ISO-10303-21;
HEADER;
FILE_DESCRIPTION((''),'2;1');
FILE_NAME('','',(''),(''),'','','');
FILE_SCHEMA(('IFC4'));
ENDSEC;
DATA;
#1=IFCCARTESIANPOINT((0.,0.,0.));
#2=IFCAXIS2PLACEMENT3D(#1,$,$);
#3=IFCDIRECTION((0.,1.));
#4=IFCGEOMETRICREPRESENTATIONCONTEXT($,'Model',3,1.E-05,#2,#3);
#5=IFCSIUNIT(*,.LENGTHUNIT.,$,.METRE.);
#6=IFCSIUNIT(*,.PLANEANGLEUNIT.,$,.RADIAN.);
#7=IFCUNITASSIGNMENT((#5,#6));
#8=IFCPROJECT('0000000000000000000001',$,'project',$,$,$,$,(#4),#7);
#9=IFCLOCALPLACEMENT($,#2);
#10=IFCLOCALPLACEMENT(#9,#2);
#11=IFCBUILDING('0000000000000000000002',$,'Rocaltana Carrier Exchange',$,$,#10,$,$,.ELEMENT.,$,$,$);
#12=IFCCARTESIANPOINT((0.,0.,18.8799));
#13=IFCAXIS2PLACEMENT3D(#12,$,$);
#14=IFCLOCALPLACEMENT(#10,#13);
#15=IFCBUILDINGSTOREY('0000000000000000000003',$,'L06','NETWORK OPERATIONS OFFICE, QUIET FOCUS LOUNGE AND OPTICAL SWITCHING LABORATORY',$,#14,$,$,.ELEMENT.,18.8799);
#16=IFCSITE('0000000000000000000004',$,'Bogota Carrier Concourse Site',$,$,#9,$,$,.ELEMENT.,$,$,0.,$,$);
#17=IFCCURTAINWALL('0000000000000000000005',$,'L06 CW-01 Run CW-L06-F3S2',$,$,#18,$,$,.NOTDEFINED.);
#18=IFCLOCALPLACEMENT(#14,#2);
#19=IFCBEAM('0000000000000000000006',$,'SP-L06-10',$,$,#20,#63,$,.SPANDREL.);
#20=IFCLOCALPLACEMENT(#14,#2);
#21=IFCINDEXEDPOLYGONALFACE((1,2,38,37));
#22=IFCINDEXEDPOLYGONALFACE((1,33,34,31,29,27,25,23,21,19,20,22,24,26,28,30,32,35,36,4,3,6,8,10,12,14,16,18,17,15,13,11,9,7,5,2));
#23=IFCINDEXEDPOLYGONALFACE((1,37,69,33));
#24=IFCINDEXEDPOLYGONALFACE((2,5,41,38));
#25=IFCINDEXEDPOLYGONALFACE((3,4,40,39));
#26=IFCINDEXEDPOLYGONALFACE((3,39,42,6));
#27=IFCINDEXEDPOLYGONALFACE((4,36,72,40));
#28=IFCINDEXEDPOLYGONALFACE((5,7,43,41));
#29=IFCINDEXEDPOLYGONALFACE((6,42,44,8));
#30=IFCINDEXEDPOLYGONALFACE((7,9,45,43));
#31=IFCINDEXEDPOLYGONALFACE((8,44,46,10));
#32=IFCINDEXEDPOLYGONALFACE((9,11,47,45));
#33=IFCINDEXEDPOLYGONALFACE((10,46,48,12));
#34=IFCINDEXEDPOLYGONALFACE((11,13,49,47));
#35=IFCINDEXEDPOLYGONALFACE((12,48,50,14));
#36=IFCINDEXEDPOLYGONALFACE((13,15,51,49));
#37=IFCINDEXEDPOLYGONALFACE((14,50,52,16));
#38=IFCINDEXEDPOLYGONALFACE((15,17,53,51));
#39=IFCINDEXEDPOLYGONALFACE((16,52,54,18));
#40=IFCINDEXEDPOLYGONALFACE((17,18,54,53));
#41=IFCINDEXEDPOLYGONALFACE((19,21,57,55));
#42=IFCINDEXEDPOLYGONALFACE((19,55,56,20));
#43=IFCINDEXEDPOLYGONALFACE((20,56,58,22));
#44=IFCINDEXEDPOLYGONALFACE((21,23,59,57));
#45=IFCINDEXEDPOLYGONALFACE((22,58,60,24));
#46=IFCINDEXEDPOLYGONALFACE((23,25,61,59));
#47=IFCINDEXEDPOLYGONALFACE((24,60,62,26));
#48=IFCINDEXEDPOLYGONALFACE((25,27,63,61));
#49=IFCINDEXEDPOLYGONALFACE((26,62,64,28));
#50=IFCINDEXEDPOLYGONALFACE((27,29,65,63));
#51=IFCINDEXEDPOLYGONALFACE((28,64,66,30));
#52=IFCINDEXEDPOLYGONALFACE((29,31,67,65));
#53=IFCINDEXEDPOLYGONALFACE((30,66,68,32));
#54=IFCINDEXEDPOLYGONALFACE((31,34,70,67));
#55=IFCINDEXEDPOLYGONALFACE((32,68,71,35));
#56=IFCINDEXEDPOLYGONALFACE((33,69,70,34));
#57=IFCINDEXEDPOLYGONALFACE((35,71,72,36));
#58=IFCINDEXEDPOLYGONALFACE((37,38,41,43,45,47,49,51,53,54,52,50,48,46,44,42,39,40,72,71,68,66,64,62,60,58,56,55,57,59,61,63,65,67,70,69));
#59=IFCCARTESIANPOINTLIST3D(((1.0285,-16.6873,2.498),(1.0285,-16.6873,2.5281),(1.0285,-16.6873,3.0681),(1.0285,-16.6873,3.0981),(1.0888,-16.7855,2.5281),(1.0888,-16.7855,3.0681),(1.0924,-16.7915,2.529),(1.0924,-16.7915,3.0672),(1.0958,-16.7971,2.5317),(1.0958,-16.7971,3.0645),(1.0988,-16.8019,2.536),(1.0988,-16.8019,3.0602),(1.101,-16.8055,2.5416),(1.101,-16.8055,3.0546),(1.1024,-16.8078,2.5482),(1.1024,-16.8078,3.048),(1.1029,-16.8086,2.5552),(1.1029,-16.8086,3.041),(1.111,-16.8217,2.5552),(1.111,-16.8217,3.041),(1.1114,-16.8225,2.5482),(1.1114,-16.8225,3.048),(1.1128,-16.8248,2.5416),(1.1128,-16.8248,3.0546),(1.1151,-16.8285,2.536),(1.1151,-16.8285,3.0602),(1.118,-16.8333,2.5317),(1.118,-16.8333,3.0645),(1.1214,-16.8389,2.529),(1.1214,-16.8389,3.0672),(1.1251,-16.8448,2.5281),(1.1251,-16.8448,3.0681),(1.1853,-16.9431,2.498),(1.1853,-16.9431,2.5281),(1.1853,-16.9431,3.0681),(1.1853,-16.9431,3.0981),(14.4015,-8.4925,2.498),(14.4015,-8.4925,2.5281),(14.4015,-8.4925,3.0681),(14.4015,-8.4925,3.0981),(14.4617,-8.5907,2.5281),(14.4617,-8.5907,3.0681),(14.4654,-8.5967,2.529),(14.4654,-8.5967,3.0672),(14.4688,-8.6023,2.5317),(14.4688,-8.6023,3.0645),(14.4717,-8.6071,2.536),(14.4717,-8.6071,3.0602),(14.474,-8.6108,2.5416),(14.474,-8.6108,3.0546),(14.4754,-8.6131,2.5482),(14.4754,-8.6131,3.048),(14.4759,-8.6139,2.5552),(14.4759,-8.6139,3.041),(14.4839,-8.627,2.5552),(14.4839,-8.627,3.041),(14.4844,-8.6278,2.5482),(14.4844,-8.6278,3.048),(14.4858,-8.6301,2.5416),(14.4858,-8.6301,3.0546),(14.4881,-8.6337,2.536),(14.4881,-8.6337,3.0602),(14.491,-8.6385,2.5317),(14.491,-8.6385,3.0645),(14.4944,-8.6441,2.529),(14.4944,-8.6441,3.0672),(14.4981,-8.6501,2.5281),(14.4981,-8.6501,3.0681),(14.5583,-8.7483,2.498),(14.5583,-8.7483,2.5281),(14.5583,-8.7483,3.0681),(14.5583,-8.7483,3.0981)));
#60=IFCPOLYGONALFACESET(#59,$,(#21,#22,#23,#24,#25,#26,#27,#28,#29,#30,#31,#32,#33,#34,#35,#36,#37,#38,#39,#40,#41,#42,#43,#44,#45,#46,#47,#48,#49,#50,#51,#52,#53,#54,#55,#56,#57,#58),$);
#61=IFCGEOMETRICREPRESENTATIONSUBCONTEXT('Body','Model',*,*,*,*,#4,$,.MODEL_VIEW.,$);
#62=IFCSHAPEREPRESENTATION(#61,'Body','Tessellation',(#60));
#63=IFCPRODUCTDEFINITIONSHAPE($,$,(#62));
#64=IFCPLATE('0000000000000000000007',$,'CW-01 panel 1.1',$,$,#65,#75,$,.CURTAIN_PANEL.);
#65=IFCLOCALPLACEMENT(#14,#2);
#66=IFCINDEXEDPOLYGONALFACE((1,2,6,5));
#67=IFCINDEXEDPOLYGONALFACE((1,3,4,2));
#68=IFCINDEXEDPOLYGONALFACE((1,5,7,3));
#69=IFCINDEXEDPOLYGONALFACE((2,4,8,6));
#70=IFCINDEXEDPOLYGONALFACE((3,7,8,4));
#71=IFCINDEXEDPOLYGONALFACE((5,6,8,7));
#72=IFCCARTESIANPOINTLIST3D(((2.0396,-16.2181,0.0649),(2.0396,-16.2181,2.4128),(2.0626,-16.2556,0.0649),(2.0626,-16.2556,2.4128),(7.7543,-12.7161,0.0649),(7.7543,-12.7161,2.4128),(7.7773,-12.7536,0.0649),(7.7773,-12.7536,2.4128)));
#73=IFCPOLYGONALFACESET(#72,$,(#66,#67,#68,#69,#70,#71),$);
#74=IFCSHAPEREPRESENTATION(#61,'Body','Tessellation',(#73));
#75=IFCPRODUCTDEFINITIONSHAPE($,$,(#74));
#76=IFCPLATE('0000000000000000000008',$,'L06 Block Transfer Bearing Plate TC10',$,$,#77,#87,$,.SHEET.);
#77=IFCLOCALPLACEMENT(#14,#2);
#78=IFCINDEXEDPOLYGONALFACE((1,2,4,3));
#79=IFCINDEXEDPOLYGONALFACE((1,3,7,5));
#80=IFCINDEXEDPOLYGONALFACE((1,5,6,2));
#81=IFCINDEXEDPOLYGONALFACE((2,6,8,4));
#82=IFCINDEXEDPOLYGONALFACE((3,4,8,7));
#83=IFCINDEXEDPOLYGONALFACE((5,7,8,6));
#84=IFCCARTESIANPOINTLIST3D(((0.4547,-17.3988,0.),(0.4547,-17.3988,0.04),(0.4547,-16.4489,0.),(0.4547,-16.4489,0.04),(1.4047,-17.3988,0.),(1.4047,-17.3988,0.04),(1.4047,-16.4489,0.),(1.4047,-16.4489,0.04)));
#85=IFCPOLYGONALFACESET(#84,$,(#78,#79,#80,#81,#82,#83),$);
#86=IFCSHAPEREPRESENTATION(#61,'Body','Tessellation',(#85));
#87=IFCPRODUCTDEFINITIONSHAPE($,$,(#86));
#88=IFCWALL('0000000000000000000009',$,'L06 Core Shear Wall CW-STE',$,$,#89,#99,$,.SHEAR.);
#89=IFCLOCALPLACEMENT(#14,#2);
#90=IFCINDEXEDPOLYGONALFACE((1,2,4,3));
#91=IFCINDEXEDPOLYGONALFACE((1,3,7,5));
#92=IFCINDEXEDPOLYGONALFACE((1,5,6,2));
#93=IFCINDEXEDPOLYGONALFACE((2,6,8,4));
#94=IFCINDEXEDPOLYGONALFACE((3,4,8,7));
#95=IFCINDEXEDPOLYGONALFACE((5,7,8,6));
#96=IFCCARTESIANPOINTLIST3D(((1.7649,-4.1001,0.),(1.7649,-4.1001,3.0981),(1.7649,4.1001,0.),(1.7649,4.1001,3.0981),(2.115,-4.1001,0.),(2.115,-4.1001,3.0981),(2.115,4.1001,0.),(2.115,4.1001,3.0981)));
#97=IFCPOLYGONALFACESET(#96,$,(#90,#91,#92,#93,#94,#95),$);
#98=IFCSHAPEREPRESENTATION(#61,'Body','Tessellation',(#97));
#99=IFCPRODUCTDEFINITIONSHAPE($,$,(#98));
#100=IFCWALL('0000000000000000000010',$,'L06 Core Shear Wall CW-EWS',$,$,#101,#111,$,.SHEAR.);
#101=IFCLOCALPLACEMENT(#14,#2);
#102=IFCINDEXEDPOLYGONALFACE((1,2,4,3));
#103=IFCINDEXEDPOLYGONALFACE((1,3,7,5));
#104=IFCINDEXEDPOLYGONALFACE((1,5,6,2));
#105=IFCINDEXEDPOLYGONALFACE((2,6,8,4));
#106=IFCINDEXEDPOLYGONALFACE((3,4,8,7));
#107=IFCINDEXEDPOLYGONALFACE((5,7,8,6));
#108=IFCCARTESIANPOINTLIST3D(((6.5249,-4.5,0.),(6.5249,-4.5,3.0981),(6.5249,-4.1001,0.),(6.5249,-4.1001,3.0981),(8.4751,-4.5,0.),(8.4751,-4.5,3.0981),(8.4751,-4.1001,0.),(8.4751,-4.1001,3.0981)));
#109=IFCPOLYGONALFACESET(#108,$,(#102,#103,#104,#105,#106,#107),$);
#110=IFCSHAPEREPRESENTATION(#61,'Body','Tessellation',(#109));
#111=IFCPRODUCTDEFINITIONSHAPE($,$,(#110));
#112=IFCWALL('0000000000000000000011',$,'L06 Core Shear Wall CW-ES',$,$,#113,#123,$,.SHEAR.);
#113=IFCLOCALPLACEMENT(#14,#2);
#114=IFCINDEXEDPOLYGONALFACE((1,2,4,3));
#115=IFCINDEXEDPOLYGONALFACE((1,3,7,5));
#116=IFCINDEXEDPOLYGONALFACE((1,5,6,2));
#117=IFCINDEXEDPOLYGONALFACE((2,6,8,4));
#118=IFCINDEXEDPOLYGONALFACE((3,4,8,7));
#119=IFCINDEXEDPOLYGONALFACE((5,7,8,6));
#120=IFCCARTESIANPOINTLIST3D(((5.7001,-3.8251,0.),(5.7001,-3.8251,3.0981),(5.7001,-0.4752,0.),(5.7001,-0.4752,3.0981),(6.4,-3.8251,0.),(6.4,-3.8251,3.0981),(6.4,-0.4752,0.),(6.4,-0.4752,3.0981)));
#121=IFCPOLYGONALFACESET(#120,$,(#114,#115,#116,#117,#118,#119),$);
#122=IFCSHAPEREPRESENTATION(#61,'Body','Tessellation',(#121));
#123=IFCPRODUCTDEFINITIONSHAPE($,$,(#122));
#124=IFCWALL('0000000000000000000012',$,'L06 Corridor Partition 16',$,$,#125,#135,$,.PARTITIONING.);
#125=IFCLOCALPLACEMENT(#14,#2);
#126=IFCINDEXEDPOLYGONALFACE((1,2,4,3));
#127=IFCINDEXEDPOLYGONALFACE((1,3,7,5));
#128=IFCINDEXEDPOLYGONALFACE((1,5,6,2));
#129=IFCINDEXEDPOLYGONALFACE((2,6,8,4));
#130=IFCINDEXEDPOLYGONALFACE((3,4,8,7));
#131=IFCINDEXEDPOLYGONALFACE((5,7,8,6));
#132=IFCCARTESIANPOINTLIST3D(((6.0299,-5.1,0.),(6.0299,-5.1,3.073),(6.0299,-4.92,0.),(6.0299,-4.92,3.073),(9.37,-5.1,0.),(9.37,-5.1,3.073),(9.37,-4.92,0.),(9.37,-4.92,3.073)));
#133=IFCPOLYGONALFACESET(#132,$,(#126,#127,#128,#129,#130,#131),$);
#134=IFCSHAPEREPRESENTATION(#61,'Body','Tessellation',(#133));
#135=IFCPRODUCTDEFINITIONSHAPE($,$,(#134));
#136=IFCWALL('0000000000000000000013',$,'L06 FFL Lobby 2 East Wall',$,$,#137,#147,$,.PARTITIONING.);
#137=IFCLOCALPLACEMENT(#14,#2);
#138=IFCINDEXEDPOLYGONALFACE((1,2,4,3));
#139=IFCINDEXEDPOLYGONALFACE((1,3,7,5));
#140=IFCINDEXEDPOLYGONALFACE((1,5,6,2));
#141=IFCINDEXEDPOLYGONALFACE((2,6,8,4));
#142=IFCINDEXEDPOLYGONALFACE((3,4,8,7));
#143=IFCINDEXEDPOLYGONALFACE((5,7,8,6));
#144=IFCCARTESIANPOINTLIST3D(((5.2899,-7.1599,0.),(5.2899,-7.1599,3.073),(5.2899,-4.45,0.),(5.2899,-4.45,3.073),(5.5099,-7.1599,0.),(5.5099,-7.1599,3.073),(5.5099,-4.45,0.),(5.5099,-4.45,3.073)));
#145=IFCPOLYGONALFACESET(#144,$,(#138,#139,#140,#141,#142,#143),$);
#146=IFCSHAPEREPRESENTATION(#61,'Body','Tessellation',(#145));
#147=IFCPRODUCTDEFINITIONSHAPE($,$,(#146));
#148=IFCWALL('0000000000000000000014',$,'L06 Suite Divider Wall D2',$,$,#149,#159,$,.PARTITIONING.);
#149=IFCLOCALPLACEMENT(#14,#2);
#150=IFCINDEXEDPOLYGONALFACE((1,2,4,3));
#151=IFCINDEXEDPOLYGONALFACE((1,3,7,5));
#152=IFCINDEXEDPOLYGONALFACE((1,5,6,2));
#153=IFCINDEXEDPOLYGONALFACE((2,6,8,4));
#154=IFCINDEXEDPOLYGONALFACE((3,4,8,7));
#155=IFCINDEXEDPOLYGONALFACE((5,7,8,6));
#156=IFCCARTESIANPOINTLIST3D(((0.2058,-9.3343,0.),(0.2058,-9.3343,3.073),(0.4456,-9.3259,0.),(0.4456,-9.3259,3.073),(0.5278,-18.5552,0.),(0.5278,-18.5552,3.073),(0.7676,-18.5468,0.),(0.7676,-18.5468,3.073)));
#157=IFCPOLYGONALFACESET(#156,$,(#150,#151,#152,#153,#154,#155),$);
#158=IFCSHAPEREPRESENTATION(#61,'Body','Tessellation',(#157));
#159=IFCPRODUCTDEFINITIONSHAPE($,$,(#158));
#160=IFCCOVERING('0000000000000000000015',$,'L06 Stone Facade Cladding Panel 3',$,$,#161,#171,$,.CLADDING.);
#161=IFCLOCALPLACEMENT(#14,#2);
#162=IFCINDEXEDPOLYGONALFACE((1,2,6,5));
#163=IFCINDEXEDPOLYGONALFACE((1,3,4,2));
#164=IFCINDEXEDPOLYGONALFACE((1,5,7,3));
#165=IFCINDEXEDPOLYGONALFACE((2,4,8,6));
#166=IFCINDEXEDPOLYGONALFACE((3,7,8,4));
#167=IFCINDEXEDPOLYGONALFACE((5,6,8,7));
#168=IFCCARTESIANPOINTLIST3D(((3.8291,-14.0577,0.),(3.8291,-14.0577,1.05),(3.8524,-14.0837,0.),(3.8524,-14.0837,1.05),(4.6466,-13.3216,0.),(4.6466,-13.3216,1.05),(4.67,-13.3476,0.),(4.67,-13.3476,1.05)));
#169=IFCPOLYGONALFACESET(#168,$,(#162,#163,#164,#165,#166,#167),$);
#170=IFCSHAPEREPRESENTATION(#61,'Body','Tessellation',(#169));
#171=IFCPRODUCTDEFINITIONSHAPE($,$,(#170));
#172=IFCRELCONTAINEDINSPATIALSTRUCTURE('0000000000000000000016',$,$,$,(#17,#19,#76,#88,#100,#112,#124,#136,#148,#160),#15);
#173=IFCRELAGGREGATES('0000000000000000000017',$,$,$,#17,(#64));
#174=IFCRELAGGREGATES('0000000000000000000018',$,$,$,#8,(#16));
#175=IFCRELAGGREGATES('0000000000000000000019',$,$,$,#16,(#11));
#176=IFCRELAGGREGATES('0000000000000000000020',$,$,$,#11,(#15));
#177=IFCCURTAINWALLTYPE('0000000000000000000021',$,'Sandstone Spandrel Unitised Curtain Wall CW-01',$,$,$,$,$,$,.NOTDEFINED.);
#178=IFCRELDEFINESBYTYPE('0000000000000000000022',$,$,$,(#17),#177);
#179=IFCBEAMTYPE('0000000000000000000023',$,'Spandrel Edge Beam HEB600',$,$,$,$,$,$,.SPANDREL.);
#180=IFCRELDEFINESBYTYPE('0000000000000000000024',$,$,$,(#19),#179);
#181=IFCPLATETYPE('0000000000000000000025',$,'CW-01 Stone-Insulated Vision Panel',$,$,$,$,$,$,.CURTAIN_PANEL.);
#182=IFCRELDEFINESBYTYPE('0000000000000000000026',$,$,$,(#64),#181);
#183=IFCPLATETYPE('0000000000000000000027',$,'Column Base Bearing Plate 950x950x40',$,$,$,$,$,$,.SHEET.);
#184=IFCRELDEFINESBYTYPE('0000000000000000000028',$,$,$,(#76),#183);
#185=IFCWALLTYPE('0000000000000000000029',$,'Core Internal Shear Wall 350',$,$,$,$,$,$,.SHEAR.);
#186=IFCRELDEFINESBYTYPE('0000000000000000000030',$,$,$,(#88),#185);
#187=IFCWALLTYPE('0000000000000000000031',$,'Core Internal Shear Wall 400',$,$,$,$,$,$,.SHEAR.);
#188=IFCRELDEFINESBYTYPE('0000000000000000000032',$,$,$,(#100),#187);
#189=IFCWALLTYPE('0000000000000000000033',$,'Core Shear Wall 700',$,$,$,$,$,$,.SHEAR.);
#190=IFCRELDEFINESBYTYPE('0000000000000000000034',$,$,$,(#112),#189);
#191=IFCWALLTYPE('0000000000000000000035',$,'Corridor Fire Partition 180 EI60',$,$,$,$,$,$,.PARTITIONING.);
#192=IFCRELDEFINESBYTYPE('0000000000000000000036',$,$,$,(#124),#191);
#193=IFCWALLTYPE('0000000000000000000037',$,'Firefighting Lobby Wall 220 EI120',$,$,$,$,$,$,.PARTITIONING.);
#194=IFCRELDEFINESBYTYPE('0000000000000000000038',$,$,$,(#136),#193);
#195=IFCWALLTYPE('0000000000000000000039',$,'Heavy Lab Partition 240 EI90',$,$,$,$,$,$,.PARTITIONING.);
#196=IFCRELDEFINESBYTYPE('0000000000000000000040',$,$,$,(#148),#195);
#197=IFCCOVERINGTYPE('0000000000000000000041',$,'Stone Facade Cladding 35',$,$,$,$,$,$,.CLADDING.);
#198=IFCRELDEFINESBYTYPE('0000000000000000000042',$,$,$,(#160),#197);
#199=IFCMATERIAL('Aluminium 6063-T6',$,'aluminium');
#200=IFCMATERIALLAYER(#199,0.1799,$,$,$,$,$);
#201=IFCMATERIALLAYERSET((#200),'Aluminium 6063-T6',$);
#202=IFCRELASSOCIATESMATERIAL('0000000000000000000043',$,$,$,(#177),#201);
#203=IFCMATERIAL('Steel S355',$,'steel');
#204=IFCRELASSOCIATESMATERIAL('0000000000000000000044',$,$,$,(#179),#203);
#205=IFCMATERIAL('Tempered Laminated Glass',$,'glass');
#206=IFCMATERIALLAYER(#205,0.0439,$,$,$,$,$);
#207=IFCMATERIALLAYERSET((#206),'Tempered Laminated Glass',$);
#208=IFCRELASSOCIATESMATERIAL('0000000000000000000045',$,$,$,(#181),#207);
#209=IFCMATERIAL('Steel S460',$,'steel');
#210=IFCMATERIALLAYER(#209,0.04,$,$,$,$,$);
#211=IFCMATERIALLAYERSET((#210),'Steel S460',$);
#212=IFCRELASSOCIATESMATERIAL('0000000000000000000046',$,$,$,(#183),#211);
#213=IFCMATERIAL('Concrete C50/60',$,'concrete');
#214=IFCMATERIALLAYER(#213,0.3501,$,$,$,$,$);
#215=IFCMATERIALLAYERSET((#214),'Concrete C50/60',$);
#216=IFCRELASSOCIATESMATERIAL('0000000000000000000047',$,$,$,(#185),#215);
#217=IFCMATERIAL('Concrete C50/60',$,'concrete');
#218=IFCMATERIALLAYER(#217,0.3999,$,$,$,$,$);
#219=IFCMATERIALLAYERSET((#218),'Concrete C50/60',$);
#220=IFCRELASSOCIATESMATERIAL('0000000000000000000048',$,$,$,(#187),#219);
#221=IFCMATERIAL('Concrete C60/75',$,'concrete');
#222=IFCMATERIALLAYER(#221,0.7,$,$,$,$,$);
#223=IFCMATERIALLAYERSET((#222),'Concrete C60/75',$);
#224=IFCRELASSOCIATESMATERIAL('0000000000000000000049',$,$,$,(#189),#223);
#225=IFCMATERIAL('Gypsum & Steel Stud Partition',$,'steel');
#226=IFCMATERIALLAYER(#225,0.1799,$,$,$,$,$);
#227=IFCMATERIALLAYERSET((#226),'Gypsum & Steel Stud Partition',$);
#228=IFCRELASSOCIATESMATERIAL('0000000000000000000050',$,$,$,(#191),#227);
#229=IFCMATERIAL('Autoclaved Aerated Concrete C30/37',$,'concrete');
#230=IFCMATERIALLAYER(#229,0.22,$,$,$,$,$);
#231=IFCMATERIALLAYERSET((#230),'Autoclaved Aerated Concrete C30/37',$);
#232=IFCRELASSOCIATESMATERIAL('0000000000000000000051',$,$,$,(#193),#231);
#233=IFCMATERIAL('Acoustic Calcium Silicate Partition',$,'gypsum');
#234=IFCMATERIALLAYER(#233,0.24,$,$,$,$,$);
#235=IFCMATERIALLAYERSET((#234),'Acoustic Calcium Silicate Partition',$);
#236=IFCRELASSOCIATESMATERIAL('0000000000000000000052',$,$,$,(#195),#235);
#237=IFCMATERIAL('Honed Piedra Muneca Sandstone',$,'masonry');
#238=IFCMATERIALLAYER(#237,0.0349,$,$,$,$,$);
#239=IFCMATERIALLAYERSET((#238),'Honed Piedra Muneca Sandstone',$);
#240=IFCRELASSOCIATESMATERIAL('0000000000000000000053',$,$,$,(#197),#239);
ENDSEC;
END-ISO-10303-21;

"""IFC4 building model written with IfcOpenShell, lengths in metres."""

from ifc_helpers import new_model, si_unit, direction, frame, frame_2d, origin, origin_2d, place, context, subcontext, project, spatial, rectangle, i_section, extrude, material, layer, layer_set, material_profile, profile_set, type_object, element, aggregate, save


model = new_model("IFC4")

# Units and contexts
model_context = context("Model", 3, precision=1e-05, world=origin(), true_north=direction((0.0, 1.0)))
body_context = subcontext(model_context, "Body", "Model", "MODEL_VIEW")
ifc_project = project(units=[si_unit("LENGTHUNIT", "METRE"), si_unit("PLANEANGLEUNIT", "RADIAN")], contexts=[model_context])

# Site, building, storey
site_placement = place(None, origin())
site = spatial("IfcSite", under=ifc_project, at=site_placement, Name="Bogota Carrier Concourse Site", CompositionType="ELEMENT", RefElevation=0.0)
building_placement = place(site_placement, origin())
building = spatial("IfcBuilding", under=site, at=building_placement, Name="Rocaltana Carrier Exchange", CompositionType="ELEMENT")
storey_placement = place(building_placement, frame((0.0, 0.0, 18.8799)))
storey = spatial("IfcBuildingStorey", under=building, at=storey_placement, Name="L06", Description="NETWORK OPERATIONS OFFICE, QUIET FOCUS LOUNGE AND OPTICAL SWITCHING LABORATORY", CompositionType="ELEMENT", Elevation=18.8799)

# Curtain wall
ifc_material_1 = material(Name="Aluminium 6063-T6", Category="aluminium")
ifc_layer_1 = layer(ifc_material_1, 0.1799)
ifc_layer_set_1 = layer_set([ifc_layer_1], Name="Aluminium 6063-T6")
curtain_wall_type = type_object("IfcCurtainWallType", Name="Sandstone Spandrel Unitised Curtain Wall CW-01", PredefinedType="NOTDEFINED", material=ifc_layer_set_1)
curtain_wall_placement = place(storey_placement, origin())
curtain_wall = element("IfcCurtainWall", 1, at=curtain_wall_placement, inside=storey, type_object=curtain_wall_type, Name="L06 CW-01 Run CW-L06-F3S2", PredefinedType="NOTDEFINED")

# Beam
ifc_material_2 = material(Name="Steel S355", Category="steel")
ifc_material_profile_1 = material_profile(ifc_material_2, i_section(OverallWidth=0.3, OverallDepth=0.6001, WebThickness=0.0154, FlangeThickness=0.03, FilletRadius=0.0271, at=origin_2d()), Name="HEB600")
ifc_profile_set_1 = profile_set([ifc_material_profile_1], Name="Steel S355")
beam_type_1 = type_object("IfcBeamType", Name="Spandrel Edge Beam HEB600", PredefinedType="SPANDREL", material=ifc_profile_set_1)
beam_1_placement = place(storey_placement, frame((1.1069, -16.8152, 2.7981), z_axis=(0.852646, 0.52249, 0.0), x_axis=(-0.52249, 0.852646, 0.0)))
element("IfcBeam", 2, at=beam_1_placement, inside=storey, type_object=beam_type_1, Name="SP-L06-10", PredefinedType="SPANDREL", context=body_context, shape_type="SweptSolid", body=[
    extrude(i_section(OverallWidth=0.3, OverallDepth=0.6001, WebThickness=0.0154, FlangeThickness=0.03, FilletRadius=0.0271, at=origin_2d()), origin(), (0.0, 0.0, 1.0), 15.6841),
])

# Plates
ifc_material_3 = material(Name="Tempered Laminated Glass", Category="glass")
ifc_layer_2 = layer(ifc_material_3, 0.0439)
ifc_layer_set_2 = layer_set([ifc_layer_2], Name="Tempered Laminated Glass")
plate_type_1 = type_object("IfcPlateType", Name="CW-01 Stone-Insulated Vision Panel", PredefinedType="CURTAIN_PANEL", material=ifc_layer_set_2)
plate_1_placement = place(storey_placement, frame((4.9084, -14.4858, 0.0649), z_axis=(0.0, 0.0, 1.0), x_axis=(0.852639, 0.5225, 0.0)))
plate_1 = element("IfcPlate", 3, at=plate_1_placement, type_object=plate_type_1, Name="CW-01 panel 1.1", PredefinedType="CURTAIN_PANEL", context=body_context, shape_type="SweptSolid", body=[
    extrude(rectangle(XDim=6.7024, YDim=0.0439, at=origin_2d()), origin(), (0.0, 0.0, 1.0), 2.3479),
])
aggregate(curtain_wall, [plate_1])
ifc_material_4 = material(Name="Steel S460", Category="steel")
ifc_layer_3 = layer(ifc_material_4, 0.04)
ifc_layer_set_3 = layer_set([ifc_layer_3], Name="Steel S460")
plate_type_2 = type_object("IfcPlateType", Name="Column Base Bearing Plate 950x950x40", PredefinedType="SHEET", material=ifc_layer_set_3)
plate_2_placement = place(storey_placement, frame((0.9297, -16.9238, 0.0), z_axis=(0.0, 0.0, 1.0), x_axis=(1.0, 0.0, 0.0)))
element("IfcPlate", 4, at=plate_2_placement, inside=storey, type_object=plate_type_2, Name="L06 Block Transfer Bearing Plate TC10", PredefinedType="SHEET", context=body_context, shape_type="SweptSolid", body=[
    extrude(rectangle(XDim=0.95, YDim=0.95, at=origin_2d()), origin(), (0.0, 0.0, 1.0), 0.04),
])

# Walls
ifc_material_5 = material(Name="Concrete C50/60", Category="concrete")
ifc_layer_4 = layer(ifc_material_5, 0.3501)
ifc_layer_set_4 = layer_set([ifc_layer_4], Name="Concrete C50/60")
wall_type_1 = type_object("IfcWallType", Name="Core Internal Shear Wall 350", PredefinedType="SHEAR", material=ifc_layer_set_4)
wall_1_placement = place(storey_placement, frame((1.9399, -4.1001, 0.0), z_axis=(0.0, 0.0, 1.0), x_axis=(0.0, 1.0, 0.0)))
element("IfcWall", 5, at=wall_1_placement, inside=storey, type_object=wall_type_1, Name="L06 Core Shear Wall CW-STE", PredefinedType="SHEAR", context=body_context, shape_type="SweptSolid", body=[
    extrude(rectangle(XDim=8.2002, YDim=0.3501, at=frame_2d((4.1001, 0.0))), origin(), (0.0, 0.0, 1.0), 3.0981),
])
ifc_material_6 = material(Name="Concrete C50/60", Category="concrete")
ifc_layer_5 = layer(ifc_material_6, 0.3999)
ifc_layer_set_5 = layer_set([ifc_layer_5], Name="Concrete C50/60")
wall_type_2 = type_object("IfcWallType", Name="Core Internal Shear Wall 400", PredefinedType="SHEAR", material=ifc_layer_set_5)
wall_2_placement = place(storey_placement, frame((6.5249, -4.3, 0.0), z_axis=(0.0, 0.0, 1.0), x_axis=(1.0, 0.0, 0.0)))
element("IfcWall", 6, at=wall_2_placement, inside=storey, type_object=wall_type_2, Name="L06 Core Shear Wall CW-EWS", PredefinedType="SHEAR", context=body_context, shape_type="SweptSolid", body=[
    extrude(rectangle(XDim=1.9502, YDim=0.3999, at=frame_2d((0.9751, 0.0))), origin(), (0.0, 0.0, 1.0), 3.0981),
])
ifc_material_7 = material(Name="Concrete C60/75", Category="concrete")
ifc_layer_6 = layer(ifc_material_7, 0.7)
ifc_layer_set_6 = layer_set([ifc_layer_6], Name="Concrete C60/75")
wall_type_3 = type_object("IfcWallType", Name="Core Shear Wall 700", PredefinedType="SHEAR", material=ifc_layer_set_6)
wall_3_placement = place(storey_placement, frame((6.05, -3.825, 0.0), z_axis=(0.0, 0.0, 1.0), x_axis=(0.0, 1.0, 0.0)))
element("IfcWall", 7, at=wall_3_placement, inside=storey, type_object=wall_type_3, Name="L06 Core Shear Wall CW-ES", PredefinedType="SHEAR", context=body_context, shape_type="SweptSolid", body=[
    extrude(rectangle(XDim=3.3499, YDim=0.7, at=frame_2d((1.6748, 0.0))), origin(), (0.0, 0.0, 1.0), 3.0981),
])
ifc_material_8 = material(Name="Gypsum & Steel Stud Partition", Category="steel")
ifc_layer_7 = layer(ifc_material_8, 0.1799)
ifc_layer_set_7 = layer_set([ifc_layer_7], Name="Gypsum & Steel Stud Partition")
wall_type_4 = type_object("IfcWallType", Name="Corridor Fire Partition 180 EI60", PredefinedType="PARTITIONING", material=ifc_layer_set_7)
wall_4_placement = place(storey_placement, frame((6.03, -5.01, 0.0), z_axis=(0.0, 0.0, 1.0), x_axis=(1.0, 0.0, 0.0)))
element("IfcWall", 8, at=wall_4_placement, inside=storey, type_object=wall_type_4, Name="L06 Corridor Partition 16", PredefinedType="PARTITIONING", context=body_context, shape_type="SweptSolid", body=[
    extrude(rectangle(XDim=3.3401, YDim=0.1799, at=frame_2d((1.6699, 0.0))), origin(), (0.0, 0.0, 1.0), 3.073),
])
ifc_material_9 = material(Name="Autoclaved Aerated Concrete C30/37", Category="concrete")
ifc_layer_8 = layer(ifc_material_9, 0.22)
ifc_layer_set_8 = layer_set([ifc_layer_8], Name="Autoclaved Aerated Concrete C30/37")
wall_type_5 = type_object("IfcWallType", Name="Firefighting Lobby Wall 220 EI120", PredefinedType="PARTITIONING", material=ifc_layer_set_8)
wall_5_placement = place(storey_placement, frame((5.3999, -7.1599, 0.0), z_axis=(0.0, 0.0, 1.0), x_axis=(0.0, 1.0, 0.0)))
element("IfcWall", 9, at=wall_5_placement, inside=storey, type_object=wall_type_5, Name="L06 FFL Lobby 2 East Wall", PredefinedType="PARTITIONING", context=body_context, shape_type="SweptSolid", body=[
    extrude(rectangle(XDim=2.71, YDim=0.22, at=frame_2d((1.355, 0.0))), origin(), (0.0, 0.0, 1.0), 3.073),
])
ifc_material_10 = material(Name="Acoustic Calcium Silicate Partition", Category="gypsum")
ifc_layer_9 = layer(ifc_material_10, 0.24)
ifc_layer_set_9 = layer_set([ifc_layer_9], Name="Acoustic Calcium Silicate Partition")
wall_type_6 = type_object("IfcWallType", Name="Heavy Lab Partition 240 EI90", PredefinedType="PARTITIONING", material=ifc_layer_set_9)
wall_6_placement = place(storey_placement, frame((0.3257, -9.3301, 0.0), z_axis=(0.0, 0.0, 1.0), x_axis=(0.034902, -0.999391, 0.0)))
element("IfcWall", 10, at=wall_6_placement, inside=storey, type_object=wall_type_6, Name="L06 Suite Divider Wall D2", PredefinedType="PARTITIONING", context=body_context, shape_type="SweptSolid", body=[
    extrude(rectangle(XDim=9.2266, YDim=0.24, at=frame_2d((4.6133, 0.0))), origin(), (0.0, 0.0, 1.0), 3.073),
])

# Covering
ifc_material_11 = material(Name="Honed Piedra Muneca Sandstone", Category="masonry")
ifc_layer_10 = layer(ifc_material_11, 0.0349)
ifc_layer_set_10 = layer_set([ifc_layer_10], Name="Honed Piedra Muneca Sandstone")
covering_type = type_object("IfcCoveringType", Name="Stone Facade Cladding 35", PredefinedType="CLADDING", material=ifc_layer_set_10)
covering_placement = place(storey_placement, frame((4.2495, -13.7026, 0.0), z_axis=(0.0, 0.0, 1.0), x_axis=(0.743145, 0.669131, 0.0)))
element("IfcCovering", 11, at=covering_placement, inside=storey, type_object=covering_type, Name="L06 Stone Facade Cladding Panel 3", PredefinedType="CLADDING", context=body_context, shape_type="SweptSolid", body=[
    extrude(rectangle(XDim=1.1001, YDim=0.0349, at=origin_2d()), origin(), (0.0, 0.0, 1.0), 1.05),
])

save(model, "model.ifc")
